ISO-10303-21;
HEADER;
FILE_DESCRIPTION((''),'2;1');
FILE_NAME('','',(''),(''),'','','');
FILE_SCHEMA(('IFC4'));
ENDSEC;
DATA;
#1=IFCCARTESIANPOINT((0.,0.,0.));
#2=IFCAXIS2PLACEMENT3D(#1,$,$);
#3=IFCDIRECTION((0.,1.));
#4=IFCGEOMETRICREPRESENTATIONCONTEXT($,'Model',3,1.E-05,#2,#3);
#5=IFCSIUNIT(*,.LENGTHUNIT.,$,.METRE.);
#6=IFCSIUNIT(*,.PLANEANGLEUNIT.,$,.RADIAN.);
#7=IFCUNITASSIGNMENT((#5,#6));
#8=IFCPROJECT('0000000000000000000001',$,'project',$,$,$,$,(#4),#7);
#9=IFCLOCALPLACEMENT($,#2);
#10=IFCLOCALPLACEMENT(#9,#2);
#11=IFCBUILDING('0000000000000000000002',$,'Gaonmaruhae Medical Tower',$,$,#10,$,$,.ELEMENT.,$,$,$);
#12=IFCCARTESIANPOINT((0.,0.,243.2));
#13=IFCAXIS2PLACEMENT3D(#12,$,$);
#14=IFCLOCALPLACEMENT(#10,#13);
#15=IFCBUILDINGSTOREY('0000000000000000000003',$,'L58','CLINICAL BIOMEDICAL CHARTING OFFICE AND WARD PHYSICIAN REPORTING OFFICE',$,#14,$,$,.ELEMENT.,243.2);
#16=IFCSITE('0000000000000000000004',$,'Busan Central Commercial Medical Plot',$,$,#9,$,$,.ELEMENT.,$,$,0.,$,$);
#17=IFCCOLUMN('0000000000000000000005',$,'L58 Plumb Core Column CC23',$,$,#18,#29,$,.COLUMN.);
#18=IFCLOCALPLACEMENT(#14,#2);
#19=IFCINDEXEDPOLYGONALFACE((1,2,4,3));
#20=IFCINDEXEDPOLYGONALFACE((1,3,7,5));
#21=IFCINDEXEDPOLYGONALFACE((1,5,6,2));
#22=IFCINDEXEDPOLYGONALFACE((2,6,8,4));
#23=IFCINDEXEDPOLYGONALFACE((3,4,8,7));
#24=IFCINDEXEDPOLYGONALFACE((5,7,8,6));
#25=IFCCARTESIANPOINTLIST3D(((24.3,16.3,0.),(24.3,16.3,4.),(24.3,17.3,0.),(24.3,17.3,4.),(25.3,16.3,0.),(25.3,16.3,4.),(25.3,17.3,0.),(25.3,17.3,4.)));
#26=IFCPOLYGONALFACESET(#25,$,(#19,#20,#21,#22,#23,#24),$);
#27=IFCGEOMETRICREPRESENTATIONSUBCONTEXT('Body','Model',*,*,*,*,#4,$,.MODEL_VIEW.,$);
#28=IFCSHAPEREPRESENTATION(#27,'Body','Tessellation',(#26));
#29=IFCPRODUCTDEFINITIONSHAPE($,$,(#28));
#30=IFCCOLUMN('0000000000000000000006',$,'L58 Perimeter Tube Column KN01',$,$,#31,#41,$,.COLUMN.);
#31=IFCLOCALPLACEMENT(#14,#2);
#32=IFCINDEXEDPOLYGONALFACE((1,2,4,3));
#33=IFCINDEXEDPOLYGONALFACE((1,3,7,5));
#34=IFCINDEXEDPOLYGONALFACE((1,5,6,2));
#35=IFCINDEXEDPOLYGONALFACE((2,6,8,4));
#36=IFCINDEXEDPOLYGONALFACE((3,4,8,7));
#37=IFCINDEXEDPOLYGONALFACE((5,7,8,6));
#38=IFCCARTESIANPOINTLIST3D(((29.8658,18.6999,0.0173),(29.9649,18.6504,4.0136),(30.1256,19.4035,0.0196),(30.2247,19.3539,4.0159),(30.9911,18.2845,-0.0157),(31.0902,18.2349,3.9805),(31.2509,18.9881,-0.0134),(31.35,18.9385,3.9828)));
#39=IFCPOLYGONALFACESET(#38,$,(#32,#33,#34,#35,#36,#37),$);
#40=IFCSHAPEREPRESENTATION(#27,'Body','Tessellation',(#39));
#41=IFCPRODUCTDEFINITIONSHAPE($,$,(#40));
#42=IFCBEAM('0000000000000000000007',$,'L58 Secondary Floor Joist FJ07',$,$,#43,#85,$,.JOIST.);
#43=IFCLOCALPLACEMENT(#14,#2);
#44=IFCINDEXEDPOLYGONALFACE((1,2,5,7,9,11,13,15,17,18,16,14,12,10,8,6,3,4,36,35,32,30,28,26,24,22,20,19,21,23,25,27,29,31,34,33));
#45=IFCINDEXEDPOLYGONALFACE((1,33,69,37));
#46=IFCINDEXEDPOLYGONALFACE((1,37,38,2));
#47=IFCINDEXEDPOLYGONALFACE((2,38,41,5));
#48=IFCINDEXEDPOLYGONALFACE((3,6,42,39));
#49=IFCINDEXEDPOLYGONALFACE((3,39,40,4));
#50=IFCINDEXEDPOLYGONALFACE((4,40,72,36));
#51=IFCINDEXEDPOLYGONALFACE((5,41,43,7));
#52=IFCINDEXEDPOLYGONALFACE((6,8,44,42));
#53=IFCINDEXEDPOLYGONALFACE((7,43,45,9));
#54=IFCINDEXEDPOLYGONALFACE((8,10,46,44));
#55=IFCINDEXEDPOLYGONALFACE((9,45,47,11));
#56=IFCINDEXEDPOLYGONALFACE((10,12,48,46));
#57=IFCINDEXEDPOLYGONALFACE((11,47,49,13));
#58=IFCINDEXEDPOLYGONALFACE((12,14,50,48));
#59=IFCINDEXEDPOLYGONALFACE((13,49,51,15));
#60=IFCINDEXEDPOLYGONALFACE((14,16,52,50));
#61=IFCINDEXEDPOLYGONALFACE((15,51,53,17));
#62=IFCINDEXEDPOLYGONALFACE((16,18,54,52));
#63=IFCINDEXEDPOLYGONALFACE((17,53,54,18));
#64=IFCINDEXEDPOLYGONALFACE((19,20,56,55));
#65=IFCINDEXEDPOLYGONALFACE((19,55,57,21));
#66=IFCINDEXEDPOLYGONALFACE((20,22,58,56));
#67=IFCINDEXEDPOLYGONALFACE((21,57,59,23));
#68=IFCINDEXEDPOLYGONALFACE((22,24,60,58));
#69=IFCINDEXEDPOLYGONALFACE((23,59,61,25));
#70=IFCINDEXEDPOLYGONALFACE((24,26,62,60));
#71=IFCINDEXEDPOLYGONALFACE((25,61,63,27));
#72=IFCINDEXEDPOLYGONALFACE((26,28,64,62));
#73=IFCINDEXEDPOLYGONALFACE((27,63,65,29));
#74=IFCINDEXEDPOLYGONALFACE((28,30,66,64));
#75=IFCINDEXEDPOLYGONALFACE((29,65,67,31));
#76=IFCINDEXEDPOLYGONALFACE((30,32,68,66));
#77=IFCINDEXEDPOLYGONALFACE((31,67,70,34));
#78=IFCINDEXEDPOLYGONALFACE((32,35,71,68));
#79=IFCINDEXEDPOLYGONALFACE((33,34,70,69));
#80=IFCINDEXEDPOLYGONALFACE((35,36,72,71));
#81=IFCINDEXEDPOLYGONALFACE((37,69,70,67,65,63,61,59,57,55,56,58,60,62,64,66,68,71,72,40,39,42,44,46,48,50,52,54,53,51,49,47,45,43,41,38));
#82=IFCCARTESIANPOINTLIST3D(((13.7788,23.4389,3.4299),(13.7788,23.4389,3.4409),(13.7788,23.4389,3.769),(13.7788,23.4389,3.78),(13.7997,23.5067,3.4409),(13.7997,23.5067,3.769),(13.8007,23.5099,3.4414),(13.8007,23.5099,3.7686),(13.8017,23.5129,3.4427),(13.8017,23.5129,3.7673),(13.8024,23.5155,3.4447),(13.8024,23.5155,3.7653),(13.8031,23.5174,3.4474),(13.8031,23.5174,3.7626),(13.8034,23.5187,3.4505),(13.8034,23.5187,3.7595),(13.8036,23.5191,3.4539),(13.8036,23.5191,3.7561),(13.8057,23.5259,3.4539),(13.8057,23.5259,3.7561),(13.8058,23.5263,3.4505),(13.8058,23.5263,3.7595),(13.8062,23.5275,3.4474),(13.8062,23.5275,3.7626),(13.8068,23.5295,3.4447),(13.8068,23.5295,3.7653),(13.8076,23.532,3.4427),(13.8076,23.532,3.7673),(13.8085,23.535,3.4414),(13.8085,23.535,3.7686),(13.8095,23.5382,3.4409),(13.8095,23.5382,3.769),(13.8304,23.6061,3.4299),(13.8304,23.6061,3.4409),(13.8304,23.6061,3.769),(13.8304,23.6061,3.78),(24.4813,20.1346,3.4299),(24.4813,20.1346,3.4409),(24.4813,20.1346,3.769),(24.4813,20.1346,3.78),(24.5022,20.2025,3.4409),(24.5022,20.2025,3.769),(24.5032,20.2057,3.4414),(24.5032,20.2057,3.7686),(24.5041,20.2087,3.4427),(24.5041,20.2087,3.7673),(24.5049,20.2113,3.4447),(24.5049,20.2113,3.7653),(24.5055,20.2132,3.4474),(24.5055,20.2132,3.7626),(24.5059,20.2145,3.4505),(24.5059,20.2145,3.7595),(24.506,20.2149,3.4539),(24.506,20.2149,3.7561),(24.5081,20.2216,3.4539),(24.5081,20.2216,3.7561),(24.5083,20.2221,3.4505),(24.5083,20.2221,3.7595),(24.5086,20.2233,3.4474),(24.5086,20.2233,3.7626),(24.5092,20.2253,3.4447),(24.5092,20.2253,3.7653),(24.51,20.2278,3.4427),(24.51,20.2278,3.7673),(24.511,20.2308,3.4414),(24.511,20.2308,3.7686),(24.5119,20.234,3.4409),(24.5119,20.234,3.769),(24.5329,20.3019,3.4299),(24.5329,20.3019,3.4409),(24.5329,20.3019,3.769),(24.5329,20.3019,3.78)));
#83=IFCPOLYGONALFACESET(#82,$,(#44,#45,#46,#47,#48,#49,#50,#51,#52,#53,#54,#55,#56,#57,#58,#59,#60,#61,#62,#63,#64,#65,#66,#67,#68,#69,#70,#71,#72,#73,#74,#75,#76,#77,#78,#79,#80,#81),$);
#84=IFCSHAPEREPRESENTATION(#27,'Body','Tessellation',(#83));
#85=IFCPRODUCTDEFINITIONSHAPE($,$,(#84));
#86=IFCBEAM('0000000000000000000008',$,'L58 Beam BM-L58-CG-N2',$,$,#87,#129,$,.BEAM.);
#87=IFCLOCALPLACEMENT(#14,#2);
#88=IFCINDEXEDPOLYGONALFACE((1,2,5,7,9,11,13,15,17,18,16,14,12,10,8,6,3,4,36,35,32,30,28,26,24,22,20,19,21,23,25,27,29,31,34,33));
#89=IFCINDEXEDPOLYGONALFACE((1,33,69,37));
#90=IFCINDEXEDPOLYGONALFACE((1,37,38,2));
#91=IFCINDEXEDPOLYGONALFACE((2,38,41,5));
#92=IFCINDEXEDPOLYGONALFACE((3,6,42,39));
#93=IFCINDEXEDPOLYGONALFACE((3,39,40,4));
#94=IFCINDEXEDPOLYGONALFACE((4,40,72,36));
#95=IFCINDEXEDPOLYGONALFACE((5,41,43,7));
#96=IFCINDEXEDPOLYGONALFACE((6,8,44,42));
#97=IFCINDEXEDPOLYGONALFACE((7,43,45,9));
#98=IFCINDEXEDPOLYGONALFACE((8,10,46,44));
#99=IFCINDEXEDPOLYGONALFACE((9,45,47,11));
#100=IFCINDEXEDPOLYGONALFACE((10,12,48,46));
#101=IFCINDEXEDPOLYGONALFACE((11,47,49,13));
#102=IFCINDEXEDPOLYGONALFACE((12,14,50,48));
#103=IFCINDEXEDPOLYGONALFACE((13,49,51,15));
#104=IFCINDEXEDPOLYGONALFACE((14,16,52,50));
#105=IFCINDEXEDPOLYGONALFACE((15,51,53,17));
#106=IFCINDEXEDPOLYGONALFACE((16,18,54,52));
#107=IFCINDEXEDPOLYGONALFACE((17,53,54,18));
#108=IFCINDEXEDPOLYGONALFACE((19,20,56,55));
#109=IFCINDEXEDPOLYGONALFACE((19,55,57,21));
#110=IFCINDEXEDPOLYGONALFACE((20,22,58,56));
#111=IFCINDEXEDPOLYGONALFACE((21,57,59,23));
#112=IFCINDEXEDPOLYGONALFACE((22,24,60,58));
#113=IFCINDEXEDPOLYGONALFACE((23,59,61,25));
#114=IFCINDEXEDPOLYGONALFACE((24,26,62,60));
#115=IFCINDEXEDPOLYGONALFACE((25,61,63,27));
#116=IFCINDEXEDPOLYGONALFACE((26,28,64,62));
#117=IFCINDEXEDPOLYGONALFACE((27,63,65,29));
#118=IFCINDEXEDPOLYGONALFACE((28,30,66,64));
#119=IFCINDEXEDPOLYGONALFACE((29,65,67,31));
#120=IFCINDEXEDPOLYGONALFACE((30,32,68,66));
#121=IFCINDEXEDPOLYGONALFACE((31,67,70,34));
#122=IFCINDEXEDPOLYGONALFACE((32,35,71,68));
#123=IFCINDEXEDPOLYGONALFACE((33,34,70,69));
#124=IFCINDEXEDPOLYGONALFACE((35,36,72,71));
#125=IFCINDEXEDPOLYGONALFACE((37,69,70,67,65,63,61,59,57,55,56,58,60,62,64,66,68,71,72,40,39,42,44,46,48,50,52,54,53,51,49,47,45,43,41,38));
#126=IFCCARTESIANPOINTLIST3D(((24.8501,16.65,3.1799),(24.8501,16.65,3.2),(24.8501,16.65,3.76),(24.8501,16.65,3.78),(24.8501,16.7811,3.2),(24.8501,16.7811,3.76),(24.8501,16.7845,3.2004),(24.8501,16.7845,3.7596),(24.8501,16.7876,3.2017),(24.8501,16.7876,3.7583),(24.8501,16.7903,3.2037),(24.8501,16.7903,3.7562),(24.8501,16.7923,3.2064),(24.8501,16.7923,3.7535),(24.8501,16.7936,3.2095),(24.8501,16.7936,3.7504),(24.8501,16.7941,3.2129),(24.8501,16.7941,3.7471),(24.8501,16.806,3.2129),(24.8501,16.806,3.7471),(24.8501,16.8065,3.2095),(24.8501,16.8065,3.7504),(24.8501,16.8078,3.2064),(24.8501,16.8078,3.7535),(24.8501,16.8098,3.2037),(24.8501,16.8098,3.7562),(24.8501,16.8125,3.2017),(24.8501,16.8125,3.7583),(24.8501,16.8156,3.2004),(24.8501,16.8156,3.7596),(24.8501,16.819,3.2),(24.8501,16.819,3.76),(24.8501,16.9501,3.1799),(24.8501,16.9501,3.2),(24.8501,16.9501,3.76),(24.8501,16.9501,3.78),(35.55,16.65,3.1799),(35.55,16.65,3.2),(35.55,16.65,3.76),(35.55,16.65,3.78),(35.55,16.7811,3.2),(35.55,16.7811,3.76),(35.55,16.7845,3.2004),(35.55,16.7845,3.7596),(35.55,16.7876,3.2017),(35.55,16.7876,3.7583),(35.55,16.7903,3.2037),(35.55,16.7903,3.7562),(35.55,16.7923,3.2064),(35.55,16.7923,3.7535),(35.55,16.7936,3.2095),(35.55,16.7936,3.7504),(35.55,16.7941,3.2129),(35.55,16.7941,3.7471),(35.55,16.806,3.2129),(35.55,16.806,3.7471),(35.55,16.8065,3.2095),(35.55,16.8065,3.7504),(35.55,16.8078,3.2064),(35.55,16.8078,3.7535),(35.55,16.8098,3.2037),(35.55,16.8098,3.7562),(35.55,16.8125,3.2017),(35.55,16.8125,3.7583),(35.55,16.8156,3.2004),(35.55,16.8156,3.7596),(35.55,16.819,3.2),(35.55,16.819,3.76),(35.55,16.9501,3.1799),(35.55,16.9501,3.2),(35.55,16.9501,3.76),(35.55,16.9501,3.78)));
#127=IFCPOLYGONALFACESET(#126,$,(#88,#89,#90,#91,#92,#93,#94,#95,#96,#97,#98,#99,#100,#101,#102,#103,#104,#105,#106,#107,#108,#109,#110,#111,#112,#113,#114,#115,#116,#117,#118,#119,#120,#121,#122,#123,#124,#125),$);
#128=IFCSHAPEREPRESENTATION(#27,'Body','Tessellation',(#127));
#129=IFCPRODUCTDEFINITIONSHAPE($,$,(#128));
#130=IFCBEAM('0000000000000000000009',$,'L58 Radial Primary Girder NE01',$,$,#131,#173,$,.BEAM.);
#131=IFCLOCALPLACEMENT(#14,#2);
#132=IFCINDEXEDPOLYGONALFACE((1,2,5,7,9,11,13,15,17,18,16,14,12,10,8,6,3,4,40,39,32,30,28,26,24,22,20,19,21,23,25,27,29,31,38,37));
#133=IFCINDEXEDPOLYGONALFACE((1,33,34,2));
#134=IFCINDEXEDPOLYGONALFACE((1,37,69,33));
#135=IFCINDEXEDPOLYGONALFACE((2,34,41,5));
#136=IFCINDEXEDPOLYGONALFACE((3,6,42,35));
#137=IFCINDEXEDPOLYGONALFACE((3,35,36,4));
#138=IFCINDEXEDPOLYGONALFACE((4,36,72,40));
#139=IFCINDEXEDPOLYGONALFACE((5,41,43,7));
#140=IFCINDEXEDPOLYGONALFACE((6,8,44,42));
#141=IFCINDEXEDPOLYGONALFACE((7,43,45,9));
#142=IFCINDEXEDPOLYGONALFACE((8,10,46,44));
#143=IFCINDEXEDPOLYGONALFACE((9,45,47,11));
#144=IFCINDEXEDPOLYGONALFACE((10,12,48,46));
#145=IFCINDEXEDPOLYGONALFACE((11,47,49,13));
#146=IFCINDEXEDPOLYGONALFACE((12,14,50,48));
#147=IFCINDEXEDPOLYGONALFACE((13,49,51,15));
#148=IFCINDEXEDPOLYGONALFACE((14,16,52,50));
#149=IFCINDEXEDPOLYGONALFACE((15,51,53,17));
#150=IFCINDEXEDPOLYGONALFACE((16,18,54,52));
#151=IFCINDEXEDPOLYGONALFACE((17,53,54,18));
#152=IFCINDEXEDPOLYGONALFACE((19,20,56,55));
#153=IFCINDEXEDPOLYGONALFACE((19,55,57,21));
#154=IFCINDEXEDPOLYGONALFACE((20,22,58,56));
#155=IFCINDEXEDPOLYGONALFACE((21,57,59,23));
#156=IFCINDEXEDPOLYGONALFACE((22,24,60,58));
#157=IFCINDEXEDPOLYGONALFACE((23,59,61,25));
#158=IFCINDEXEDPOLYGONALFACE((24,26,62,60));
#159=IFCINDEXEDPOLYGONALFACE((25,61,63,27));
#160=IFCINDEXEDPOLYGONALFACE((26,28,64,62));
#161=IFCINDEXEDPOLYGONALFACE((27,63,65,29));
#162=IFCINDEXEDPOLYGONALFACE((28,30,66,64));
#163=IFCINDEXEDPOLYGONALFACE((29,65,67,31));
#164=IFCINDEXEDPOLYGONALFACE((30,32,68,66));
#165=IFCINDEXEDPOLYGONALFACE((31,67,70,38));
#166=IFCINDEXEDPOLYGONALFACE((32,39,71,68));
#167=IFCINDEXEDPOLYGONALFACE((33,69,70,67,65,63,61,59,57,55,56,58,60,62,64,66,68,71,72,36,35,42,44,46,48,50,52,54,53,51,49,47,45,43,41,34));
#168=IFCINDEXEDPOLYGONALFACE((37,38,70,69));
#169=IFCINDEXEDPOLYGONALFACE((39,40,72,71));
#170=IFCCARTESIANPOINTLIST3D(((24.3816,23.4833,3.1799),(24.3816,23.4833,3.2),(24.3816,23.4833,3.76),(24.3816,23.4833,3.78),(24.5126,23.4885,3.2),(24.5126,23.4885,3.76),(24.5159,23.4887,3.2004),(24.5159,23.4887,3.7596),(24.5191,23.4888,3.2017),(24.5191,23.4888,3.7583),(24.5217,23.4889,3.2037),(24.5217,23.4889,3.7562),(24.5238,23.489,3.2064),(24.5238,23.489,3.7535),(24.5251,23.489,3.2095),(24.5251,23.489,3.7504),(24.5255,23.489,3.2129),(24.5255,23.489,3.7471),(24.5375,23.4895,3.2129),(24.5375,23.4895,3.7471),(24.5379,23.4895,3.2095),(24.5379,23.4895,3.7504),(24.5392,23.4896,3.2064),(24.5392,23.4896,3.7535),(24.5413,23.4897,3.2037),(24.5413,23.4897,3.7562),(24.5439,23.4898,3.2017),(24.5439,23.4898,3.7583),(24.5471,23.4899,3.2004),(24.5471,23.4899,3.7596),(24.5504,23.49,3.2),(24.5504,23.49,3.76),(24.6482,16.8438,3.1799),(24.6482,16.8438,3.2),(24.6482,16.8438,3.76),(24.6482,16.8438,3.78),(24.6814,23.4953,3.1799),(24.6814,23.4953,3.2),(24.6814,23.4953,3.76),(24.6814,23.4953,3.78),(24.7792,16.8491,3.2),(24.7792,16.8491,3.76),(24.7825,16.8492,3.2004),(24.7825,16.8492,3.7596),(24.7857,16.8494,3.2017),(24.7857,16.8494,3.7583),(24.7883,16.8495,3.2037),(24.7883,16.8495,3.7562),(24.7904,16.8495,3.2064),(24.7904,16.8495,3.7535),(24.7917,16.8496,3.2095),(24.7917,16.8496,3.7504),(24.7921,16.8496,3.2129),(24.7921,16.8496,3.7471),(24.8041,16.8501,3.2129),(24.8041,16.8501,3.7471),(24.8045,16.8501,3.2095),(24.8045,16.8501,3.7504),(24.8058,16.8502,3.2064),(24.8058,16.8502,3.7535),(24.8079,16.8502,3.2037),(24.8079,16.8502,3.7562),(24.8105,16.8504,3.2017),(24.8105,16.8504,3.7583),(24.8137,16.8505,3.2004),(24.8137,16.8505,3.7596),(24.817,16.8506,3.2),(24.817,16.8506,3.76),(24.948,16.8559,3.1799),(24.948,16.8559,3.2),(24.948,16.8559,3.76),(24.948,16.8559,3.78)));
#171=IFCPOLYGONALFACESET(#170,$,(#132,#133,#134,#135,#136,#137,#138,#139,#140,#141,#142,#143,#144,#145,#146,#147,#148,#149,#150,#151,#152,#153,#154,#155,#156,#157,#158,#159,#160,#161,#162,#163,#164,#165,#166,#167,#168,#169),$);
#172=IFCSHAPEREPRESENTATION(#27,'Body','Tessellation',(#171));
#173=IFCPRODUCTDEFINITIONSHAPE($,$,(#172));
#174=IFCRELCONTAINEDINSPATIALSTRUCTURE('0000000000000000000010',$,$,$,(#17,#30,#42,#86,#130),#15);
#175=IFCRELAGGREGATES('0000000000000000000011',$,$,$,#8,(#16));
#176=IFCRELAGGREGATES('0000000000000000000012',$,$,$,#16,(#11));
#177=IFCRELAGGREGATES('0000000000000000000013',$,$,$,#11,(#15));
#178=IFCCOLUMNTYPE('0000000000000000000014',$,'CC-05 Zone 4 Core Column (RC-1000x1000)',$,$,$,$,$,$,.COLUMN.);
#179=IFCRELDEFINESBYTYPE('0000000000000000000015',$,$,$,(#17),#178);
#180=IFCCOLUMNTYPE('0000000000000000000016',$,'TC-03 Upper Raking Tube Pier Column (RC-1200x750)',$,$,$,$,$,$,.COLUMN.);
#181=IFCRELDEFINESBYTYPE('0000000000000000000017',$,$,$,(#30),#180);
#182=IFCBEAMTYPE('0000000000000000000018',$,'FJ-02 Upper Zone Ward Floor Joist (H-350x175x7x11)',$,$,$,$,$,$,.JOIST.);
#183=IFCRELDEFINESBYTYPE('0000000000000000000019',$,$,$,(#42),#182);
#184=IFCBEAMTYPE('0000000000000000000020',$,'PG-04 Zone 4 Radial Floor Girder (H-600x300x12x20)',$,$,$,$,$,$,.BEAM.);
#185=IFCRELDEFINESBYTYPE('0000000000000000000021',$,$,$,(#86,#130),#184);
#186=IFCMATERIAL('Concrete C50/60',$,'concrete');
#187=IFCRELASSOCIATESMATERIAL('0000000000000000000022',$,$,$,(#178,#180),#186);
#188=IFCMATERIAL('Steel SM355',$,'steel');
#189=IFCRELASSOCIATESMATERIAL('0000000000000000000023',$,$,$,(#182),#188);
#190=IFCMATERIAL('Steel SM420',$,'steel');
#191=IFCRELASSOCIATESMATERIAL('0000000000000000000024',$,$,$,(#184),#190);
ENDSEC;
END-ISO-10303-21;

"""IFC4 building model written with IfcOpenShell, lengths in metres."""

from ifc_helpers import new_model, si_unit, direction, frame, origin, origin_2d, place, context, subcontext, project, spatial, rectangle, i_section, extrude, material, material_profile, profile_set, type_object, element, save


model = new_model("IFC4")

# Units and contexts
model_context = context("Model", 3, precision=1e-05, world=origin(), true_north=direction((0.0, 1.0)))
body_context = subcontext(model_context, "Body", "Model", "MODEL_VIEW")
ifc_project = project(units=[si_unit("LENGTHUNIT", "METRE"), si_unit("PLANEANGLEUNIT", "RADIAN")], contexts=[model_context])

# Site, building, storey
site_placement = place(None, origin())
site = spatial("IfcSite", under=ifc_project, at=site_placement, Name="Busan Central Commercial Medical Plot", CompositionType="ELEMENT", RefElevation=0.0)
building_placement = place(site_placement, origin())
building = spatial("IfcBuilding", under=site, at=building_placement, Name="Gaonmaruhae Medical Tower", CompositionType="ELEMENT")
storey_placement = place(building_placement, frame((0.0, 0.0, 243.2)))
storey = spatial("IfcBuildingStorey", under=building, at=storey_placement, Name="L58", Description="CLINICAL BIOMEDICAL CHARTING OFFICE AND WARD PHYSICIAN REPORTING OFFICE", CompositionType="ELEMENT", Elevation=243.2)

# Columns
ifc_material_1 = material(Name="Concrete C50/60", Category="concrete")
ifc_material_profile_1 = material_profile(ifc_material_1, rectangle(XDim=1.0, YDim=1.0, at=origin_2d()), Name="RC-1000x1000")
ifc_profile_set_1 = profile_set([ifc_material_profile_1], Name="Concrete C50/60")
column_type_1 = type_object("IfcColumnType", Name="CC-05 Zone 4 Core Column (RC-1000x1000)", PredefinedType="COLUMN", material=ifc_profile_set_1)
column_1_placement = place(storey_placement, frame((24.8, 16.8, 0.0), z_axis=(0.0, 0.0, 1.0), x_axis=(1.0, 0.0, 0.0)))
element("IfcColumn", 1, at=column_1_placement, inside=storey, type_object=column_type_1, Name="L58 Plumb Core Column CC23", PredefinedType="COLUMN", context=body_context, shape_type="SweptSolid", body=[
    extrude(rectangle(XDim=1.0, YDim=1.0, at=origin_2d()), origin(), (0.0, 0.0, 1.0), 4.0),
])
ifc_material_profile_2 = material_profile(ifc_material_1, rectangle(XDim=1.2, YDim=0.75, at=origin_2d()), Name="RC-1200x750")
ifc_profile_set_2 = profile_set([ifc_material_profile_2], Name="Concrete C50/60")
column_type_2 = type_object("IfcColumnType", Name="TC-03 Upper Raking Tube Pier Column (RC-1200x750)", PredefinedType="COLUMN", material=ifc_profile_set_2)
column_2_placement = place(storey_placement, frame((30.5583, 18.844, 0.002), z_axis=(0.024793, -0.012397, 0.999616), x_axis=(-0.937759, 0.346193, 0.027553)))
element("IfcColumn", 2, at=column_2_placement, inside=storey, type_object=column_type_2, Name="L58 Perimeter Tube Column KN01", PredefinedType="COLUMN", context=body_context, shape_type="SweptSolid", body=[
    extrude(rectangle(XDim=1.2, YDim=0.75, at=origin_2d()), origin(), (0.0, 0.0, 1.0), 3.9978),
])

# Beams
ifc_material_2 = material(Name="Steel SM355", Category="steel")
ifc_material_profile_3 = material_profile(ifc_material_2, i_section(OverallWidth=0.175, OverallDepth=0.3501, WebThickness=0.0071, FlangeThickness=0.011, FilletRadius=0.0129, at=origin_2d()), Name="H-350x175x7x11")
ifc_profile_set_3 = profile_set([ifc_material_profile_3], Name="Steel SM355")
beam_type_1 = type_object("IfcBeamType", Name="FJ-02 Upper Zone Ward Floor Joist (H-350x175x7x11)", PredefinedType="JOIST", material=ifc_profile_set_3)
beam_1_placement = place(storey_placement, frame((24.5071, 20.2183, 3.605), z_axis=(-0.955499, 0.294996, 0.0), x_axis=(-0.294996, -0.955499, 0.0)))
element("IfcBeam", 3, at=beam_1_placement, inside=storey, type_object=beam_type_1, Name="L58 Secondary Floor Joist FJ07", PredefinedType="JOIST", context=body_context, shape_type="SweptSolid", body=[
    extrude(i_section(OverallWidth=0.175, OverallDepth=0.3501, WebThickness=0.0071, FlangeThickness=0.011, FilletRadius=0.0129, at=origin_2d()), origin(), (0.0, 0.0, 1.0), 11.2009),
])
ifc_material_3 = material(Name="Steel SM420", Category="steel")
ifc_material_profile_4 = material_profile(ifc_material_3, i_section(OverallWidth=0.3, OverallDepth=0.6001, WebThickness=0.012, FlangeThickness=0.02, FilletRadius=0.0129, at=origin_2d()), Name="H-600x300x12x20")
ifc_profile_set_4 = profile_set([ifc_material_profile_4], Name="Steel SM420")
beam_type_2 = type_object("IfcBeamType", Name="PG-04 Zone 4 Radial Floor Girder (H-600x300x12x20)", PredefinedType="BEAM", material=ifc_profile_set_4)
beam_2_placement = place(storey_placement, frame((24.8501, 16.8, 3.48), z_axis=(1.0, 0.0, 0.0), x_axis=(0.0, 1.0, 0.0)))
element("IfcBeam", 4, at=beam_2_placement, inside=storey, type_object=beam_type_2, Name="L58 Beam BM-L58-CG-N2", PredefinedType="BEAM", context=body_context, shape_type="SweptSolid", body=[
    extrude(i_section(OverallWidth=0.3, OverallDepth=0.6001, WebThickness=0.012, FlangeThickness=0.02, FilletRadius=0.0129, at=origin_2d()), origin(), (0.0, 0.0, 1.0), 10.7),
])
beam_3_placement = place(storey_placement, frame((24.7981, 16.8499, 3.48), z_axis=(-0.040122, 0.999195, 0.0), x_axis=(-0.999195, -0.040122, 0.0)))
element("IfcBeam", 5, at=beam_3_placement, inside=storey, type_object=beam_type_2, Name="L58 Radial Primary Girder NE01", PredefinedType="BEAM", context=body_context, shape_type="SweptSolid", body=[
    extrude(i_section(OverallWidth=0.3, OverallDepth=0.6001, WebThickness=0.012, FlangeThickness=0.02, FilletRadius=0.0129, at=origin_2d()), origin(), (0.0, 0.0, 1.0), 6.6448),
])

save(model, "model.ifc")
